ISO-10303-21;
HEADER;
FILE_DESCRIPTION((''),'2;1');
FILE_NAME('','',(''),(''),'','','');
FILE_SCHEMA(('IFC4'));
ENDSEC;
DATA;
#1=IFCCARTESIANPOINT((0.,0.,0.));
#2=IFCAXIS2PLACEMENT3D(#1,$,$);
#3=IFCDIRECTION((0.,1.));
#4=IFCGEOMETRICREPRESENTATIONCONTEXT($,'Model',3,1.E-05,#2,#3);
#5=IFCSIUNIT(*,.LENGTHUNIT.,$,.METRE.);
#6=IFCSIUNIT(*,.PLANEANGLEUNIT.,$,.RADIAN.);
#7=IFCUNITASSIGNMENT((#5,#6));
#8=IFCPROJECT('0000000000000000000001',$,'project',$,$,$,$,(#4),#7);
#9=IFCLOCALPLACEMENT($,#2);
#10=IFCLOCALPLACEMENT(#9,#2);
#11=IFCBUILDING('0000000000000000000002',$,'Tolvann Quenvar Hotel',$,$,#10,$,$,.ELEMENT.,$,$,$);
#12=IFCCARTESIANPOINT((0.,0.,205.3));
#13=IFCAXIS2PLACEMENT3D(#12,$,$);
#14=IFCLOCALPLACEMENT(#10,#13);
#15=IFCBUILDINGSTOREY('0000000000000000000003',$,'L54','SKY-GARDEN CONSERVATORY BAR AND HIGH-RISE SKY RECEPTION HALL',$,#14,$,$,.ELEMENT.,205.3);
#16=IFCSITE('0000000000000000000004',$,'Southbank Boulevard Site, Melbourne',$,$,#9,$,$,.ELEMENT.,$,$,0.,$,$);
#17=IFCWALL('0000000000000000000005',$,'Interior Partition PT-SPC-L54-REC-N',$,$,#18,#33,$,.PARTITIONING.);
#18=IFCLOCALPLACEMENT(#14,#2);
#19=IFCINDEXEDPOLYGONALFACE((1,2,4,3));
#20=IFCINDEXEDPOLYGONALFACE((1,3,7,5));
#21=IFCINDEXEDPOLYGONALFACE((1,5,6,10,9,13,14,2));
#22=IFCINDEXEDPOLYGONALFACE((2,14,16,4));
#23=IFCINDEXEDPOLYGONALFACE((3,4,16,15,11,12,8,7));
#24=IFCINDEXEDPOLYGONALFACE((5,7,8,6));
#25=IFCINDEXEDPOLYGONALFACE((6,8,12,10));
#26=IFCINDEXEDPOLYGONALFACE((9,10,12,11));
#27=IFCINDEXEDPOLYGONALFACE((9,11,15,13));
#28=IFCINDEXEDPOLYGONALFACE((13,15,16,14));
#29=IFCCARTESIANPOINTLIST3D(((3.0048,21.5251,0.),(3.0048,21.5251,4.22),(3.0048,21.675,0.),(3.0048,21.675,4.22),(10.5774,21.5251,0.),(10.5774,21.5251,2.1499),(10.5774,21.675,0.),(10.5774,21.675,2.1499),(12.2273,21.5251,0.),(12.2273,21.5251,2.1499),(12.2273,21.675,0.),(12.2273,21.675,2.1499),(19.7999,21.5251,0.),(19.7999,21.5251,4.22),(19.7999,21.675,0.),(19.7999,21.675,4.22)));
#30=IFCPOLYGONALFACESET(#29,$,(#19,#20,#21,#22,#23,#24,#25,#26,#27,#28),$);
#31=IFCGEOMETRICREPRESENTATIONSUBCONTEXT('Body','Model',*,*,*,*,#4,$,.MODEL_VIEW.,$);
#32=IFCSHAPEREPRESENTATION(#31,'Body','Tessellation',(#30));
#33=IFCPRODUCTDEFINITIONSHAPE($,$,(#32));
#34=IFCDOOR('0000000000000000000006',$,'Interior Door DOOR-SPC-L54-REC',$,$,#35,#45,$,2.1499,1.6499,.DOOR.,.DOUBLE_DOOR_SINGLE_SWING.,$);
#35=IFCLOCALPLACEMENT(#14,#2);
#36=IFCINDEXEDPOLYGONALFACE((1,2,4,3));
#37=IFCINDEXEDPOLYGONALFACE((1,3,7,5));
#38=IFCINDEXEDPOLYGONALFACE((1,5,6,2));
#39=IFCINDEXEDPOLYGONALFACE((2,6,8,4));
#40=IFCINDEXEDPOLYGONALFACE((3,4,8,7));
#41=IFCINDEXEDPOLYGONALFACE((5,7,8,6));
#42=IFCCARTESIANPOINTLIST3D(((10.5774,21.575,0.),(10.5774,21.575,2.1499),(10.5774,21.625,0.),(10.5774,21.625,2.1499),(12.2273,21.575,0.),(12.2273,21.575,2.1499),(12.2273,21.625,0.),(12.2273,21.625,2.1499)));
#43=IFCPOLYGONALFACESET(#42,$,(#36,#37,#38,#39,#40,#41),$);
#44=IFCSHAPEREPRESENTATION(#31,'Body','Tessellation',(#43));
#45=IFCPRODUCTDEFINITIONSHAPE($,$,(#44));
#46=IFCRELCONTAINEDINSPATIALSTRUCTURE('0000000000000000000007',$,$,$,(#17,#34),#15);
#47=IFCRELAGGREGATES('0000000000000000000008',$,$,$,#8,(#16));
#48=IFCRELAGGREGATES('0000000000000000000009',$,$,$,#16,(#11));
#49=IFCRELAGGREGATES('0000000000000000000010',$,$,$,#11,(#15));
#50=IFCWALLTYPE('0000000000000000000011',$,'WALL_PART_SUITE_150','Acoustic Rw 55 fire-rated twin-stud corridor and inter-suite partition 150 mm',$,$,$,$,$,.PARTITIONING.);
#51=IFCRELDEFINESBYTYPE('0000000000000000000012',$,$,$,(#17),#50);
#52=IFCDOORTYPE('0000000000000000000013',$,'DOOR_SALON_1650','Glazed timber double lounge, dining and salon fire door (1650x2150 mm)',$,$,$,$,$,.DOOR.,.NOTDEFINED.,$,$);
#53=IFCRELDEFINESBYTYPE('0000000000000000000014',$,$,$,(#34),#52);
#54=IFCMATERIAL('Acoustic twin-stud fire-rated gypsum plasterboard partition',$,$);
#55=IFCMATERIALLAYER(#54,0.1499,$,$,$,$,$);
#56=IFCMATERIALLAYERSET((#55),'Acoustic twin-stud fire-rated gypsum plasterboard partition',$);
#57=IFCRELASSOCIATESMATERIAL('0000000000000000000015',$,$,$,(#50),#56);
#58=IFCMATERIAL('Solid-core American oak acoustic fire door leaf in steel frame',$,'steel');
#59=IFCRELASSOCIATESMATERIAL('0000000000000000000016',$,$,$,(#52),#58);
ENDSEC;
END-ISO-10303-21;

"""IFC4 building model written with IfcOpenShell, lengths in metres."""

from ifc_helpers import new_model, si_unit, direction, frame, frame_2d, origin, place, context, subcontext, project, spatial, rectangle, extrude, source, transform, mapped, material, layer, layer_set, type_object, type_shapes, element, fill, save


model = new_model("IFC4")

# Units and contexts
model_context = context("Model", 3, precision=1e-05, world=origin(), true_north=direction((0.0, 1.0)))
body_context = subcontext(model_context, "Body", "Model", "MODEL_VIEW")
ifc_project = project(units=[si_unit("LENGTHUNIT", "METRE"), si_unit("PLANEANGLEUNIT", "RADIAN")], contexts=[model_context])

# Site, building, storey
site_placement = place(None, origin())
site = spatial("IfcSite", under=ifc_project, at=site_placement, Name="Southbank Boulevard Site, Melbourne", CompositionType="ELEMENT", RefElevation=0.0)
building_placement = place(site_placement, origin())
building = spatial("IfcBuilding", under=site, at=building_placement, Name="Tolvann Quenvar Hotel", CompositionType="ELEMENT")
storey_placement = place(building_placement, frame((0.0, 0.0, 205.3)))
storey = spatial("IfcBuildingStorey", under=building, at=storey_placement, Name="L54", Description="SKY-GARDEN CONSERVATORY BAR AND HIGH-RISE SKY RECEPTION HALL", CompositionType="ELEMENT", Elevation=205.3)

# Wall, opening, door
ifc_material_1 = material(Name="Acoustic twin-stud fire-rated gypsum plasterboard partition")
ifc_layer_1 = layer(ifc_material_1, 0.1499)
ifc_layer_set_1 = layer_set([ifc_layer_1], Name="Acoustic twin-stud fire-rated gypsum plasterboard partition")
wall_type_1 = type_object("IfcWallType", Name="WALL_PART_SUITE_150", Description="Acoustic Rw 55 fire-rated twin-stud corridor and inter-suite partition 150 mm", PredefinedType="PARTITIONING", material=ifc_layer_set_1)
wall_1_placement = place(storey_placement, frame((3.0049, 21.6001, 0.0), z_axis=(0.0, 0.0, 1.0), x_axis=(1.0, 0.0, 0.0)))
wall_1 = element("IfcWall", 1, at=wall_1_placement, inside=storey, type_object=wall_type_1, Name="Interior Partition PT-SPC-L54-REC-N", PredefinedType="PARTITIONING", context=body_context, shape_type="SweptSolid", body=[
    extrude(rectangle(XDim=16.7952, YDim=0.1499, at=frame_2d((8.3975, 0.0))), origin(), (0.0, 0.0, 1.0), 4.22),
])
opening_placement = place(wall_1_placement, frame((7.5725, 0.0, 0.0)))
opening = element("IfcOpeningElement", 2, at=opening_placement, cuts=wall_1, PredefinedType="OPENING", context=body_context, shape_type="SweptSolid", body=[
    extrude(rectangle(XDim=1.6499, YDim=2.1499, at=frame_2d((0.825, 1.075))), frame((0.0, 0.085, 0.0), z_axis=(0.0, -1.0, 0.0), x_axis=(1.0, 0.0, 0.0)), (0.0, 0.0, 1.0), 0.1699),
])
ifc_material_2 = material(Name="Solid-core American oak acoustic fire door leaf in steel frame", Category="steel")
door_type = type_object("IfcDoorType", Name="DOOR_SALON_1650", Description="Glazed timber double lounge, dining and salon fire door (1650x2150 mm)", OperationType="NOTDEFINED", PredefinedType="DOOR", material=ifc_material_2)
shared_shape_1 = source(origin(), body_context, "Body", "SweptSolid", [
    extrude(rectangle(XDim=1.6499, YDim=2.1499, at=frame_2d((0.825, 1.075))), frame((0.0, 0.0249, 0.0), z_axis=(0.0, -1.0, 0.0), x_axis=(1.0, 0.0, 0.0)), (0.0, 0.0, 1.0), 0.05),
])
type_shapes(door_type, [shared_shape_1])
door_placement = place(opening_placement, origin())
door = element("IfcDoor", 3, at=door_placement, inside=storey, type_object=door_type, Name="Interior Door DOOR-SPC-L54-REC", OperationType="DOUBLE_DOOR_SINGLE_SWING", OverallHeight=2.1499, OverallWidth=1.6499, PredefinedType="DOOR", context=body_context, shape_type="MappedRepresentation", body=[
    mapped(shared_shape_1, transform((0.0, 0.0, 0.0), x_axis=(1.0, 0.0, 0.0), y_axis=(0.0, 1.0, 0.0), z_axis=(0.0, 0.0, 1.0), scale=1.0)),
])
fill(opening, door)

save(model, "model.ifc")
